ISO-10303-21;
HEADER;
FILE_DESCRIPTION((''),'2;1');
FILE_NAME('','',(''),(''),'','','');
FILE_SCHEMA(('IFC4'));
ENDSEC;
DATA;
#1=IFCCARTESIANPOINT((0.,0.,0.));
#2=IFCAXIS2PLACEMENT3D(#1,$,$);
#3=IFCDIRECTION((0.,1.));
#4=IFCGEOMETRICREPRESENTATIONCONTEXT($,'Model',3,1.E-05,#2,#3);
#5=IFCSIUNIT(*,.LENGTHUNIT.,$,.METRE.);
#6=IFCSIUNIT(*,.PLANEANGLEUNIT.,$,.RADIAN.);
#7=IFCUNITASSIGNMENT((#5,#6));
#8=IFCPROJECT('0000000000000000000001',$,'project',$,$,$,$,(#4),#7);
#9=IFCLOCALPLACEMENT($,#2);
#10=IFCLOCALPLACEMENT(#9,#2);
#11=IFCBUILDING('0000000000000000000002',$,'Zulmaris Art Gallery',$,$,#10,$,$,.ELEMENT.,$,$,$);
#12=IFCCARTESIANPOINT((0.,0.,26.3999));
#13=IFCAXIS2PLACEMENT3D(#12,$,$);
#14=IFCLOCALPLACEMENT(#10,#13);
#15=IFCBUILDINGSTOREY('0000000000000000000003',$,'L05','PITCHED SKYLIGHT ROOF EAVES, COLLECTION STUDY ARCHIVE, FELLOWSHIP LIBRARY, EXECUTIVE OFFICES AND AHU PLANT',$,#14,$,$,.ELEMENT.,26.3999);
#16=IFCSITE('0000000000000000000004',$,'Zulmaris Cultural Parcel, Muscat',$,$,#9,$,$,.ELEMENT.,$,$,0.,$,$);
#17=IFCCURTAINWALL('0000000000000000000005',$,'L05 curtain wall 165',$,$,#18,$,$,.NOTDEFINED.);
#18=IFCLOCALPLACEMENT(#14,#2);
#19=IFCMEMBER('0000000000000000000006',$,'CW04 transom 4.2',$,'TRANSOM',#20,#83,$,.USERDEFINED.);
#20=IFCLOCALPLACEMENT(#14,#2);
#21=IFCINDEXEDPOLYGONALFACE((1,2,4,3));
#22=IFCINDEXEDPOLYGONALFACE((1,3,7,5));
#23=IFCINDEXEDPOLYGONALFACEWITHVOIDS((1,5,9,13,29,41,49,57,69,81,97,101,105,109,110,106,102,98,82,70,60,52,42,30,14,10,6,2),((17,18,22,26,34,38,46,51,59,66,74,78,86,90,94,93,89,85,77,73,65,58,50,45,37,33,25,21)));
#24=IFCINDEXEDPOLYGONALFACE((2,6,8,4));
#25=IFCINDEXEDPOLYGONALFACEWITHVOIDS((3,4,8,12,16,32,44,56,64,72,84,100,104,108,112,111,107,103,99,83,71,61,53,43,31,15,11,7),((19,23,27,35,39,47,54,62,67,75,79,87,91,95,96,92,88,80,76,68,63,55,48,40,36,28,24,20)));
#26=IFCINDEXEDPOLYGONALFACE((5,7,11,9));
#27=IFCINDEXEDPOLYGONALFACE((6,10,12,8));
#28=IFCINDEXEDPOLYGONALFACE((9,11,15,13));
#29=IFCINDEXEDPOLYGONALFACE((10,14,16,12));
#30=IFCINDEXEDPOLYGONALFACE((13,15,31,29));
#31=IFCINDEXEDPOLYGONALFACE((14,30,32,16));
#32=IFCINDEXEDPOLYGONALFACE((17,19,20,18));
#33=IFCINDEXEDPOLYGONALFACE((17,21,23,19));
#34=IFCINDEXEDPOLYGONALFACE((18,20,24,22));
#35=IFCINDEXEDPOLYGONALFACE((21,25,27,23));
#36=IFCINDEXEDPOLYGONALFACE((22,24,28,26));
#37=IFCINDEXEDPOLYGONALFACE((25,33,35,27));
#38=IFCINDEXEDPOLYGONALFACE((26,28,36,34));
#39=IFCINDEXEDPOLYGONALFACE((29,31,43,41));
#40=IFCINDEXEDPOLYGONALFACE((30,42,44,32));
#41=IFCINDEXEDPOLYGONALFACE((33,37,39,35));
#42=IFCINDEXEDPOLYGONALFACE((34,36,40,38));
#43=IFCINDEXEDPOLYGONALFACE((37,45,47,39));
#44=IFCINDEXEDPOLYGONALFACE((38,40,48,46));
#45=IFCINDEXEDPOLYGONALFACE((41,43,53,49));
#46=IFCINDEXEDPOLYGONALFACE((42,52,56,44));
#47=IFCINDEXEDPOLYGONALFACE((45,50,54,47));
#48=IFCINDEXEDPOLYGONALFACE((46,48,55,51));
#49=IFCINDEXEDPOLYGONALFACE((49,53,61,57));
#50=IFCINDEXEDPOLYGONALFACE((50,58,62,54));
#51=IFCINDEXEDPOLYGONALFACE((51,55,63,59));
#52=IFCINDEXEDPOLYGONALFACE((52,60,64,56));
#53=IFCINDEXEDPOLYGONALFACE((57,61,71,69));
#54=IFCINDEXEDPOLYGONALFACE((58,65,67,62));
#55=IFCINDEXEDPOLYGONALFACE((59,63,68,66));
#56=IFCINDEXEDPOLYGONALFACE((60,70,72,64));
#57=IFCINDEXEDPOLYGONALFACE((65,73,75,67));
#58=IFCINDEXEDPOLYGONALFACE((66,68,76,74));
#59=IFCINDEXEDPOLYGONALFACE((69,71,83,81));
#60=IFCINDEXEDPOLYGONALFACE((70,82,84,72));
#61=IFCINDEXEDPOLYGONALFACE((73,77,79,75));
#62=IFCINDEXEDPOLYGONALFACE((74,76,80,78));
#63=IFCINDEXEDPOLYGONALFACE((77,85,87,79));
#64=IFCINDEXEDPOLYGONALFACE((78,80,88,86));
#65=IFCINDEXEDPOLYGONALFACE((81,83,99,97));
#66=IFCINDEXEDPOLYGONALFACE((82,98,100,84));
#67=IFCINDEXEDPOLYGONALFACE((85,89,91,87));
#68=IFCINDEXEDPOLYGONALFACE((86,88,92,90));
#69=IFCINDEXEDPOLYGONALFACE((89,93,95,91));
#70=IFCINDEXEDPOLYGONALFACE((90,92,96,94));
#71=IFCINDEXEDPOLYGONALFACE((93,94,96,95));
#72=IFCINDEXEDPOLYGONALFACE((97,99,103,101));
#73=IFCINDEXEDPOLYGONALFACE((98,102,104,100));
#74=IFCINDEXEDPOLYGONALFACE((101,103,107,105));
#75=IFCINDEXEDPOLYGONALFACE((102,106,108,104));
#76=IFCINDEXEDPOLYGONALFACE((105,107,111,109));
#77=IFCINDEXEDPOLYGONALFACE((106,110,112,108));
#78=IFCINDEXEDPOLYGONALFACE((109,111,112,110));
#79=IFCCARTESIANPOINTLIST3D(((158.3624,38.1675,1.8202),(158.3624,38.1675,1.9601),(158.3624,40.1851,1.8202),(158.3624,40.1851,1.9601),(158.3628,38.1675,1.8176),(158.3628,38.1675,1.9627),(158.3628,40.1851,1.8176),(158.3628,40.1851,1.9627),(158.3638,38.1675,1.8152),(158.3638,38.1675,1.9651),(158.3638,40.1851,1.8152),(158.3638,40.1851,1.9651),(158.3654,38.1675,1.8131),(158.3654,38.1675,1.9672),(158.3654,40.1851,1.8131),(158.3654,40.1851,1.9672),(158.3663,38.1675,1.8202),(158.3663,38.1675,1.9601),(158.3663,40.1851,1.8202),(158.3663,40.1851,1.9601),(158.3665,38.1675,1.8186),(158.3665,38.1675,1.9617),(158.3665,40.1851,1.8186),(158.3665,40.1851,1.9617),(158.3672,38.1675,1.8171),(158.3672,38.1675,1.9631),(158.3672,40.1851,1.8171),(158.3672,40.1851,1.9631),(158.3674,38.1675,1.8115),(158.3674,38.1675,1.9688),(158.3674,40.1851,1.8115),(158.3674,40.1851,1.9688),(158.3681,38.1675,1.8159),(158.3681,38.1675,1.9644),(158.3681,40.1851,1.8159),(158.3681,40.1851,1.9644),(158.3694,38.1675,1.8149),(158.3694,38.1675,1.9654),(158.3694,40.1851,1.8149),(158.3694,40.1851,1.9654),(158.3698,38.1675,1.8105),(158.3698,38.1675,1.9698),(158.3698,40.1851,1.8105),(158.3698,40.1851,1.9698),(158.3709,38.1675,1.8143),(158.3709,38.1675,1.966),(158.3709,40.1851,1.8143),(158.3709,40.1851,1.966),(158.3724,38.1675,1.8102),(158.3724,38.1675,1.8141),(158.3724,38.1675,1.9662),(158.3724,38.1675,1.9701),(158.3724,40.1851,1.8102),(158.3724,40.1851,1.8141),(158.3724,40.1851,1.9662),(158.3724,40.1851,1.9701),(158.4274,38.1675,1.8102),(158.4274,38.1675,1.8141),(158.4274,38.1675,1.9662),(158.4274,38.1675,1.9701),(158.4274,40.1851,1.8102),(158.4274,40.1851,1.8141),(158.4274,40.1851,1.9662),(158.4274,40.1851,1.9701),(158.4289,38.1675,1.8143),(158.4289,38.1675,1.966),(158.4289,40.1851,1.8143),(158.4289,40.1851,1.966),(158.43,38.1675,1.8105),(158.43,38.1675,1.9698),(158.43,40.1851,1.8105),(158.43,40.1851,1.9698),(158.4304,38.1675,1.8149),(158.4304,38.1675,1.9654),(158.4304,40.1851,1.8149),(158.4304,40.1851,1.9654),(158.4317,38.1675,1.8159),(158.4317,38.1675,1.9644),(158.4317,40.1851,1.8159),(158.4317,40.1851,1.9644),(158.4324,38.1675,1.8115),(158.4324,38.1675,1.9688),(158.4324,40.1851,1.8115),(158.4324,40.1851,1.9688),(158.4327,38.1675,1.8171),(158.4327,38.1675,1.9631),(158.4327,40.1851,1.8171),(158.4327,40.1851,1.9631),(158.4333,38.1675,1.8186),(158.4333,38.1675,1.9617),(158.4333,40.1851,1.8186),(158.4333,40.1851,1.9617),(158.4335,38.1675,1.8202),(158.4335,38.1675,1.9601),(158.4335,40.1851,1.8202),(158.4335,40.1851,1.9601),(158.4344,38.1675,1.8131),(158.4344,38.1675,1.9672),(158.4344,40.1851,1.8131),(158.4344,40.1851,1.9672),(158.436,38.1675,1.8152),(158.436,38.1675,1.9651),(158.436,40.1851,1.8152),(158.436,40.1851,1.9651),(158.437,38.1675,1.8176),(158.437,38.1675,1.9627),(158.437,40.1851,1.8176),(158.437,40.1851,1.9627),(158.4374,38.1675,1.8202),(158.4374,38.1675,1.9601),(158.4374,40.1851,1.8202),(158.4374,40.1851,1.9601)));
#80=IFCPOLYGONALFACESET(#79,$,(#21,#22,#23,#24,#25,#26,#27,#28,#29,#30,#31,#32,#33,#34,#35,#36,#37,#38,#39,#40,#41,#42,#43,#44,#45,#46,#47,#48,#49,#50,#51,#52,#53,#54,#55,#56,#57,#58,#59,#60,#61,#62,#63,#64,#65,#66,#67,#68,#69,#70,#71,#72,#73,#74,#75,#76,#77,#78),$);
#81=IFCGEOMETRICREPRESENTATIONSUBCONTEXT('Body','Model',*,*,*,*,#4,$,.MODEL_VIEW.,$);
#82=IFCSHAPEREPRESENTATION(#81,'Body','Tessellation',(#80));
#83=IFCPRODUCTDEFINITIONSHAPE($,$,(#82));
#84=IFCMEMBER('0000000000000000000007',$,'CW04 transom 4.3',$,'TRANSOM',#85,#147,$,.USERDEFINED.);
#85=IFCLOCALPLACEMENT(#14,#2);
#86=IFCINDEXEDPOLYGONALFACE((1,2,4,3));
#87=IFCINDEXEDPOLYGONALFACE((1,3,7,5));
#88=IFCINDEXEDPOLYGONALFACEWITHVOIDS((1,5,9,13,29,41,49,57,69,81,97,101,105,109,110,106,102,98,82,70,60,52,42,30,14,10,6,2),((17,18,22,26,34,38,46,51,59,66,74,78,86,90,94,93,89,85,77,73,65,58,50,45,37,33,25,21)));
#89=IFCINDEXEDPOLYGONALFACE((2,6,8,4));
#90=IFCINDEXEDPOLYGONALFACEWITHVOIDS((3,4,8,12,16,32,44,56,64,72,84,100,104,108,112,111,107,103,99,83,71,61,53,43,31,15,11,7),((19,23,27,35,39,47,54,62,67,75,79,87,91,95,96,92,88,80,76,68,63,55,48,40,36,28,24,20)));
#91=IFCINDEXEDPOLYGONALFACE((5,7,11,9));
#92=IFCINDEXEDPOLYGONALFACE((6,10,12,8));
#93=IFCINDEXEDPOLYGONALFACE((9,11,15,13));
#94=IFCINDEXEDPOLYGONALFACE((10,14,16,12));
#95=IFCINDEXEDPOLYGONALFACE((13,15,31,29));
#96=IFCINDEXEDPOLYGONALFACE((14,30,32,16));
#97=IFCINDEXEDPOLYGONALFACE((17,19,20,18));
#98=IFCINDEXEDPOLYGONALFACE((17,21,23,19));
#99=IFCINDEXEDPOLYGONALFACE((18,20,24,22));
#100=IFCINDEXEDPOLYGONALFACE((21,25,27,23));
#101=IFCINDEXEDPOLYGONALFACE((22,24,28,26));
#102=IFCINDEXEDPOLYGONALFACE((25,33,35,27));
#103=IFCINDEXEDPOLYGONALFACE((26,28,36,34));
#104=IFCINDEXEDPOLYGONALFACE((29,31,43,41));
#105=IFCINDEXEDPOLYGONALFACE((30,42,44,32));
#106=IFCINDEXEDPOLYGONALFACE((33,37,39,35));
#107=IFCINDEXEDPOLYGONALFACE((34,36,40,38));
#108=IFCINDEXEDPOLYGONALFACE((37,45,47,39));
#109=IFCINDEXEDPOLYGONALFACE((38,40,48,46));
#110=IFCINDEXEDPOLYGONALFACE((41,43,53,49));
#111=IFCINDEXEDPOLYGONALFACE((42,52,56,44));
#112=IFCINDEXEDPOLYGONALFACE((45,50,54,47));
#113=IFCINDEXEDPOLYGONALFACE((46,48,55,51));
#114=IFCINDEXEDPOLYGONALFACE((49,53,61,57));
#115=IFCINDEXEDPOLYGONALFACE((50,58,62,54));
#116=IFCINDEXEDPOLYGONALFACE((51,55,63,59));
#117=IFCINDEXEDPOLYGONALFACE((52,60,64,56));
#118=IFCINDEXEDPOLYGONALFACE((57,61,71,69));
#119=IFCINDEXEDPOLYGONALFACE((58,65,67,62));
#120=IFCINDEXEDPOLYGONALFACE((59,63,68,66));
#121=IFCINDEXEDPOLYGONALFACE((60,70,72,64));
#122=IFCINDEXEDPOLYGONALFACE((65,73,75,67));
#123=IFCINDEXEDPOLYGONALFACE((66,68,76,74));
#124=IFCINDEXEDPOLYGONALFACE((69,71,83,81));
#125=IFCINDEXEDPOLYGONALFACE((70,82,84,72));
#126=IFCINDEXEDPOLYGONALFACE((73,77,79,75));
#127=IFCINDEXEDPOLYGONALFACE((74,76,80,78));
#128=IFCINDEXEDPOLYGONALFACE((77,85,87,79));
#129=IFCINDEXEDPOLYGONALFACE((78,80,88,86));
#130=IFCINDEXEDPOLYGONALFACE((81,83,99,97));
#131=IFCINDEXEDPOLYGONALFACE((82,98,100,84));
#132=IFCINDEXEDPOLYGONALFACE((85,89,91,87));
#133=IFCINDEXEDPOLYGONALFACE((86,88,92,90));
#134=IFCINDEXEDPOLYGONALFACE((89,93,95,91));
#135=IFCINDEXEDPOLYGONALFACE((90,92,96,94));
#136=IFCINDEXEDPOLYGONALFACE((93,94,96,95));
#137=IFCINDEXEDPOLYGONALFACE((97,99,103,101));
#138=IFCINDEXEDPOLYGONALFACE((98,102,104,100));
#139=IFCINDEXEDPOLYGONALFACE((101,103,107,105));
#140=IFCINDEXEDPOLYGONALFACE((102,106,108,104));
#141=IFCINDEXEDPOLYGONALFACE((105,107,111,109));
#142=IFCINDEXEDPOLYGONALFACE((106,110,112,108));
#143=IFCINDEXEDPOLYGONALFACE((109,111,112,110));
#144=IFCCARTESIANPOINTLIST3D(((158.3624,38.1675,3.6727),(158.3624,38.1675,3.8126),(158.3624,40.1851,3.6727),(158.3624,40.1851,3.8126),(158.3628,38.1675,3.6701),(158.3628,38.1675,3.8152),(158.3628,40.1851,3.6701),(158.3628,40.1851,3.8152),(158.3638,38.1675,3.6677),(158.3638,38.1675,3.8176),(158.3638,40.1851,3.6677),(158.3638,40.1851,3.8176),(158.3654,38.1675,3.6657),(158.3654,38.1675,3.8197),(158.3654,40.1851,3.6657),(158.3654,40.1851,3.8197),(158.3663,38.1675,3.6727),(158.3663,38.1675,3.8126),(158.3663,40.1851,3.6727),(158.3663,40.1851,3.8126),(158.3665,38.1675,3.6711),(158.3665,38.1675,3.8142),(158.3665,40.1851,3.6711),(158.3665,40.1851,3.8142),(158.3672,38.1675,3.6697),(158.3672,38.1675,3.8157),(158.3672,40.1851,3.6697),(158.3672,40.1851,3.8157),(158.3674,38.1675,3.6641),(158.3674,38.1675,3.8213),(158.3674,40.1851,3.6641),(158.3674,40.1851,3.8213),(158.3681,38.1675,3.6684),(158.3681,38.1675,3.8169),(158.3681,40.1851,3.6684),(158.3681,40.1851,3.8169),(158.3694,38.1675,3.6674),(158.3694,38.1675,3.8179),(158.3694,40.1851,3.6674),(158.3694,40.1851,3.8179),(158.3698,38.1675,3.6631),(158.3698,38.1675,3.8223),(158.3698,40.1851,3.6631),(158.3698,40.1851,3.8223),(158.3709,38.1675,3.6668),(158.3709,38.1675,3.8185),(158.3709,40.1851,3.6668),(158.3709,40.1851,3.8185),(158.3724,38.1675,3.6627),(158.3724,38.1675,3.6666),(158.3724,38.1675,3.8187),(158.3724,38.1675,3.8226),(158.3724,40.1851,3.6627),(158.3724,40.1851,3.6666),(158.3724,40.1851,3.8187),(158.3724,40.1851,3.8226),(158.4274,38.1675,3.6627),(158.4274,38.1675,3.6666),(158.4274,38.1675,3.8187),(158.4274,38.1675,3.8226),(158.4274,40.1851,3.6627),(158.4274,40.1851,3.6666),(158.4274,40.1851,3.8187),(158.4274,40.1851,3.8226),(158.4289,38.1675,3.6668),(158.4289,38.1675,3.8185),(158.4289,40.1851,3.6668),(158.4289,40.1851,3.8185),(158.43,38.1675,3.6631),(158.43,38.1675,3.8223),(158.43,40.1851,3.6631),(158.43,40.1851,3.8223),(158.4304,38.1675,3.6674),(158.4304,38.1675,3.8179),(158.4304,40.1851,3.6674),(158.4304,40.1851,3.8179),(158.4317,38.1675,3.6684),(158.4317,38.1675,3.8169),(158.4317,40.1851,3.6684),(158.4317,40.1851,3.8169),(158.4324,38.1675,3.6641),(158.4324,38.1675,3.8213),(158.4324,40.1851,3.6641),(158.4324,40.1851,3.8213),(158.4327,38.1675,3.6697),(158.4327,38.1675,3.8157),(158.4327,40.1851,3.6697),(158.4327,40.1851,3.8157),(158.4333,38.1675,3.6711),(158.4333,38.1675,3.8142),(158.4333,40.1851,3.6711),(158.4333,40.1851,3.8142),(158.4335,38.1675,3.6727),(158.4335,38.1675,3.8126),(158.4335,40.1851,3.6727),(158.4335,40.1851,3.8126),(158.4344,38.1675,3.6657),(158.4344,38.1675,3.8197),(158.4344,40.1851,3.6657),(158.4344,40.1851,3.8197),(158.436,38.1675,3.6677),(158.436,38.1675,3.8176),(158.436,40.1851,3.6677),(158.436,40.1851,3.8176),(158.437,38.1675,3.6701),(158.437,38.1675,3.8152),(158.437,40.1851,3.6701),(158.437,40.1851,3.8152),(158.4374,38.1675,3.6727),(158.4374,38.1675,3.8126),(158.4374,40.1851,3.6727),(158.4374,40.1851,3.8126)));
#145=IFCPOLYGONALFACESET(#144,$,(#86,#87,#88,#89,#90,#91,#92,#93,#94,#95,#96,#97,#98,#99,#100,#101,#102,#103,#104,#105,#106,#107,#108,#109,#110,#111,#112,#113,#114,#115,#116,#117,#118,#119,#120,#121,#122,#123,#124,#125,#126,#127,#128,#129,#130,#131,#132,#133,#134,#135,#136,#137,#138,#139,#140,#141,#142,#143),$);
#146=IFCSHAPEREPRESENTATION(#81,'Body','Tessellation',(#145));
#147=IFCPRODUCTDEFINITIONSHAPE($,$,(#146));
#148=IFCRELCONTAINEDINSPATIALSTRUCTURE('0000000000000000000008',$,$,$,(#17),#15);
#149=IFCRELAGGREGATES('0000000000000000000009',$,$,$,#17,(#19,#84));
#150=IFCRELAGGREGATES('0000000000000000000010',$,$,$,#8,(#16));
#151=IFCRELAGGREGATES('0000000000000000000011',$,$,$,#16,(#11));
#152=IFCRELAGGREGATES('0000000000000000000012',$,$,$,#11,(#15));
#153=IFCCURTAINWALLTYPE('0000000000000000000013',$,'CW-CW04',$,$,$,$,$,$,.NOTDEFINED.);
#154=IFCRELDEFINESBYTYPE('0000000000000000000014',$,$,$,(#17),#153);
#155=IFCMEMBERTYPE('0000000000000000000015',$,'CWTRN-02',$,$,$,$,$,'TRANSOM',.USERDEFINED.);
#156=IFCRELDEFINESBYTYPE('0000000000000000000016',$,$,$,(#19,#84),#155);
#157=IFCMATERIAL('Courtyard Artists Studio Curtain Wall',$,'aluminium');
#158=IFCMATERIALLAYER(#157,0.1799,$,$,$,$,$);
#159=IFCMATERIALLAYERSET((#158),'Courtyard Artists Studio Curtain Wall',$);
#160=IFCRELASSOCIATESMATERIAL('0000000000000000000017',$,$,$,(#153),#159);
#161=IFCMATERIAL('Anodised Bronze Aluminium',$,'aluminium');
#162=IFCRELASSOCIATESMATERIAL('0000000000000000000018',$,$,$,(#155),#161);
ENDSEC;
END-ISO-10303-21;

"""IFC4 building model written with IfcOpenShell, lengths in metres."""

from ifc_helpers import new_model, si_unit, direction, frame, origin, origin_2d, place, context, subcontext, project, spatial, hollow_rectangle, extrude, material, layer, layer_set, material_profile, profile_set, type_object, element, aggregate, save


model = new_model("IFC4")

# Units and contexts
model_context = context("Model", 3, precision=1e-05, world=origin(), true_north=direction((0.0, 1.0)))
body_context = subcontext(model_context, "Body", "Model", "MODEL_VIEW")
ifc_project = project(units=[si_unit("LENGTHUNIT", "METRE"), si_unit("PLANEANGLEUNIT", "RADIAN")], contexts=[model_context])

# Site, building, storey
site_placement = place(None, origin())
site = spatial("IfcSite", under=ifc_project, at=site_placement, Name="Zulmaris Cultural Parcel, Muscat", CompositionType="ELEMENT", RefElevation=0.0)
building_placement = place(site_placement, origin())
building = spatial("IfcBuilding", under=site, at=building_placement, Name="Zulmaris Art Gallery", CompositionType="ELEMENT")
storey_placement = place(building_placement, frame((0.0, 0.0, 26.3999)))
storey = spatial("IfcBuildingStorey", under=building, at=storey_placement, Name="L05", Description="PITCHED SKYLIGHT ROOF EAVES, COLLECTION STUDY ARCHIVE, FELLOWSHIP LIBRARY, EXECUTIVE OFFICES AND AHU PLANT", CompositionType="ELEMENT", Elevation=26.3999)

# Curtain wall
ifc_material_1 = material(Name="Courtyard Artists Studio Curtain Wall", Category="aluminium")
ifc_layer_1 = layer(ifc_material_1, 0.1799)
ifc_layer_set_1 = layer_set([ifc_layer_1], Name="Courtyard Artists Studio Curtain Wall")
curtain_wall_type = type_object("IfcCurtainWallType", Name="CW-CW04", PredefinedType="NOTDEFINED", material=ifc_layer_set_1)
curtain_wall_1_placement = place(storey_placement, origin())
curtain_wall_1 = element("IfcCurtainWall", 1, at=curtain_wall_1_placement, inside=storey, type_object=curtain_wall_type, Name="L05 curtain wall 165", PredefinedType="NOTDEFINED")
ifc_material_2 = material(Name="Anodised Bronze Aluminium", Category="aluminium")

# Members
ifc_material_profile_1 = material_profile(ifc_material_2, hollow_rectangle(XDim=0.075, YDim=0.1599, WallThickness=0.0039, InnerFilletRadius=0.0061, OuterFilletRadius=0.01, at=origin_2d()), Name="ALU 75x160x4")
ifc_profile_set_1 = profile_set([ifc_material_profile_1], Name="Anodised Bronze Aluminium")
member_type_1 = type_object("IfcMemberType", Name="CWTRN-02", ElementType="TRANSOM", PredefinedType="USERDEFINED", material=ifc_profile_set_1)
member_1_placement = place(storey_placement, frame((158.3999, 38.1675, 1.8901), z_axis=(0.0, 1.0, 0.0), x_axis=(-1.0, 0.0, 0.0)))
member_1 = element("IfcMember", 2, at=member_1_placement, type_object=member_type_1, Name="CW04 transom 4.2", ObjectType="TRANSOM", PredefinedType="USERDEFINED", context=body_context, shape_type="SweptSolid", body=[
    extrude(hollow_rectangle(XDim=0.075, YDim=0.1599, WallThickness=0.0039, InnerFilletRadius=0.0061, OuterFilletRadius=0.01, at=origin_2d()), origin(), (0.0, 0.0, 1.0), 2.0176),
])
member_2_placement = place(storey_placement, frame((158.3999, 38.1675, 3.7427), z_axis=(0.0, 1.0, 0.0), x_axis=(-1.0, 0.0, 0.0)))
member_2 = element("IfcMember", 3, at=member_2_placement, type_object=member_type_1, Name="CW04 transom 4.3", ObjectType="TRANSOM", PredefinedType="USERDEFINED", context=body_context, shape_type="SweptSolid", body=[
    extrude(hollow_rectangle(XDim=0.075, YDim=0.1599, WallThickness=0.0039, InnerFilletRadius=0.0061, OuterFilletRadius=0.01, at=origin_2d()), origin(), (0.0, 0.0, 1.0), 2.0176),
])

aggregate(curtain_wall_1, [member_1, member_2])

save(model, "model.ifc")
